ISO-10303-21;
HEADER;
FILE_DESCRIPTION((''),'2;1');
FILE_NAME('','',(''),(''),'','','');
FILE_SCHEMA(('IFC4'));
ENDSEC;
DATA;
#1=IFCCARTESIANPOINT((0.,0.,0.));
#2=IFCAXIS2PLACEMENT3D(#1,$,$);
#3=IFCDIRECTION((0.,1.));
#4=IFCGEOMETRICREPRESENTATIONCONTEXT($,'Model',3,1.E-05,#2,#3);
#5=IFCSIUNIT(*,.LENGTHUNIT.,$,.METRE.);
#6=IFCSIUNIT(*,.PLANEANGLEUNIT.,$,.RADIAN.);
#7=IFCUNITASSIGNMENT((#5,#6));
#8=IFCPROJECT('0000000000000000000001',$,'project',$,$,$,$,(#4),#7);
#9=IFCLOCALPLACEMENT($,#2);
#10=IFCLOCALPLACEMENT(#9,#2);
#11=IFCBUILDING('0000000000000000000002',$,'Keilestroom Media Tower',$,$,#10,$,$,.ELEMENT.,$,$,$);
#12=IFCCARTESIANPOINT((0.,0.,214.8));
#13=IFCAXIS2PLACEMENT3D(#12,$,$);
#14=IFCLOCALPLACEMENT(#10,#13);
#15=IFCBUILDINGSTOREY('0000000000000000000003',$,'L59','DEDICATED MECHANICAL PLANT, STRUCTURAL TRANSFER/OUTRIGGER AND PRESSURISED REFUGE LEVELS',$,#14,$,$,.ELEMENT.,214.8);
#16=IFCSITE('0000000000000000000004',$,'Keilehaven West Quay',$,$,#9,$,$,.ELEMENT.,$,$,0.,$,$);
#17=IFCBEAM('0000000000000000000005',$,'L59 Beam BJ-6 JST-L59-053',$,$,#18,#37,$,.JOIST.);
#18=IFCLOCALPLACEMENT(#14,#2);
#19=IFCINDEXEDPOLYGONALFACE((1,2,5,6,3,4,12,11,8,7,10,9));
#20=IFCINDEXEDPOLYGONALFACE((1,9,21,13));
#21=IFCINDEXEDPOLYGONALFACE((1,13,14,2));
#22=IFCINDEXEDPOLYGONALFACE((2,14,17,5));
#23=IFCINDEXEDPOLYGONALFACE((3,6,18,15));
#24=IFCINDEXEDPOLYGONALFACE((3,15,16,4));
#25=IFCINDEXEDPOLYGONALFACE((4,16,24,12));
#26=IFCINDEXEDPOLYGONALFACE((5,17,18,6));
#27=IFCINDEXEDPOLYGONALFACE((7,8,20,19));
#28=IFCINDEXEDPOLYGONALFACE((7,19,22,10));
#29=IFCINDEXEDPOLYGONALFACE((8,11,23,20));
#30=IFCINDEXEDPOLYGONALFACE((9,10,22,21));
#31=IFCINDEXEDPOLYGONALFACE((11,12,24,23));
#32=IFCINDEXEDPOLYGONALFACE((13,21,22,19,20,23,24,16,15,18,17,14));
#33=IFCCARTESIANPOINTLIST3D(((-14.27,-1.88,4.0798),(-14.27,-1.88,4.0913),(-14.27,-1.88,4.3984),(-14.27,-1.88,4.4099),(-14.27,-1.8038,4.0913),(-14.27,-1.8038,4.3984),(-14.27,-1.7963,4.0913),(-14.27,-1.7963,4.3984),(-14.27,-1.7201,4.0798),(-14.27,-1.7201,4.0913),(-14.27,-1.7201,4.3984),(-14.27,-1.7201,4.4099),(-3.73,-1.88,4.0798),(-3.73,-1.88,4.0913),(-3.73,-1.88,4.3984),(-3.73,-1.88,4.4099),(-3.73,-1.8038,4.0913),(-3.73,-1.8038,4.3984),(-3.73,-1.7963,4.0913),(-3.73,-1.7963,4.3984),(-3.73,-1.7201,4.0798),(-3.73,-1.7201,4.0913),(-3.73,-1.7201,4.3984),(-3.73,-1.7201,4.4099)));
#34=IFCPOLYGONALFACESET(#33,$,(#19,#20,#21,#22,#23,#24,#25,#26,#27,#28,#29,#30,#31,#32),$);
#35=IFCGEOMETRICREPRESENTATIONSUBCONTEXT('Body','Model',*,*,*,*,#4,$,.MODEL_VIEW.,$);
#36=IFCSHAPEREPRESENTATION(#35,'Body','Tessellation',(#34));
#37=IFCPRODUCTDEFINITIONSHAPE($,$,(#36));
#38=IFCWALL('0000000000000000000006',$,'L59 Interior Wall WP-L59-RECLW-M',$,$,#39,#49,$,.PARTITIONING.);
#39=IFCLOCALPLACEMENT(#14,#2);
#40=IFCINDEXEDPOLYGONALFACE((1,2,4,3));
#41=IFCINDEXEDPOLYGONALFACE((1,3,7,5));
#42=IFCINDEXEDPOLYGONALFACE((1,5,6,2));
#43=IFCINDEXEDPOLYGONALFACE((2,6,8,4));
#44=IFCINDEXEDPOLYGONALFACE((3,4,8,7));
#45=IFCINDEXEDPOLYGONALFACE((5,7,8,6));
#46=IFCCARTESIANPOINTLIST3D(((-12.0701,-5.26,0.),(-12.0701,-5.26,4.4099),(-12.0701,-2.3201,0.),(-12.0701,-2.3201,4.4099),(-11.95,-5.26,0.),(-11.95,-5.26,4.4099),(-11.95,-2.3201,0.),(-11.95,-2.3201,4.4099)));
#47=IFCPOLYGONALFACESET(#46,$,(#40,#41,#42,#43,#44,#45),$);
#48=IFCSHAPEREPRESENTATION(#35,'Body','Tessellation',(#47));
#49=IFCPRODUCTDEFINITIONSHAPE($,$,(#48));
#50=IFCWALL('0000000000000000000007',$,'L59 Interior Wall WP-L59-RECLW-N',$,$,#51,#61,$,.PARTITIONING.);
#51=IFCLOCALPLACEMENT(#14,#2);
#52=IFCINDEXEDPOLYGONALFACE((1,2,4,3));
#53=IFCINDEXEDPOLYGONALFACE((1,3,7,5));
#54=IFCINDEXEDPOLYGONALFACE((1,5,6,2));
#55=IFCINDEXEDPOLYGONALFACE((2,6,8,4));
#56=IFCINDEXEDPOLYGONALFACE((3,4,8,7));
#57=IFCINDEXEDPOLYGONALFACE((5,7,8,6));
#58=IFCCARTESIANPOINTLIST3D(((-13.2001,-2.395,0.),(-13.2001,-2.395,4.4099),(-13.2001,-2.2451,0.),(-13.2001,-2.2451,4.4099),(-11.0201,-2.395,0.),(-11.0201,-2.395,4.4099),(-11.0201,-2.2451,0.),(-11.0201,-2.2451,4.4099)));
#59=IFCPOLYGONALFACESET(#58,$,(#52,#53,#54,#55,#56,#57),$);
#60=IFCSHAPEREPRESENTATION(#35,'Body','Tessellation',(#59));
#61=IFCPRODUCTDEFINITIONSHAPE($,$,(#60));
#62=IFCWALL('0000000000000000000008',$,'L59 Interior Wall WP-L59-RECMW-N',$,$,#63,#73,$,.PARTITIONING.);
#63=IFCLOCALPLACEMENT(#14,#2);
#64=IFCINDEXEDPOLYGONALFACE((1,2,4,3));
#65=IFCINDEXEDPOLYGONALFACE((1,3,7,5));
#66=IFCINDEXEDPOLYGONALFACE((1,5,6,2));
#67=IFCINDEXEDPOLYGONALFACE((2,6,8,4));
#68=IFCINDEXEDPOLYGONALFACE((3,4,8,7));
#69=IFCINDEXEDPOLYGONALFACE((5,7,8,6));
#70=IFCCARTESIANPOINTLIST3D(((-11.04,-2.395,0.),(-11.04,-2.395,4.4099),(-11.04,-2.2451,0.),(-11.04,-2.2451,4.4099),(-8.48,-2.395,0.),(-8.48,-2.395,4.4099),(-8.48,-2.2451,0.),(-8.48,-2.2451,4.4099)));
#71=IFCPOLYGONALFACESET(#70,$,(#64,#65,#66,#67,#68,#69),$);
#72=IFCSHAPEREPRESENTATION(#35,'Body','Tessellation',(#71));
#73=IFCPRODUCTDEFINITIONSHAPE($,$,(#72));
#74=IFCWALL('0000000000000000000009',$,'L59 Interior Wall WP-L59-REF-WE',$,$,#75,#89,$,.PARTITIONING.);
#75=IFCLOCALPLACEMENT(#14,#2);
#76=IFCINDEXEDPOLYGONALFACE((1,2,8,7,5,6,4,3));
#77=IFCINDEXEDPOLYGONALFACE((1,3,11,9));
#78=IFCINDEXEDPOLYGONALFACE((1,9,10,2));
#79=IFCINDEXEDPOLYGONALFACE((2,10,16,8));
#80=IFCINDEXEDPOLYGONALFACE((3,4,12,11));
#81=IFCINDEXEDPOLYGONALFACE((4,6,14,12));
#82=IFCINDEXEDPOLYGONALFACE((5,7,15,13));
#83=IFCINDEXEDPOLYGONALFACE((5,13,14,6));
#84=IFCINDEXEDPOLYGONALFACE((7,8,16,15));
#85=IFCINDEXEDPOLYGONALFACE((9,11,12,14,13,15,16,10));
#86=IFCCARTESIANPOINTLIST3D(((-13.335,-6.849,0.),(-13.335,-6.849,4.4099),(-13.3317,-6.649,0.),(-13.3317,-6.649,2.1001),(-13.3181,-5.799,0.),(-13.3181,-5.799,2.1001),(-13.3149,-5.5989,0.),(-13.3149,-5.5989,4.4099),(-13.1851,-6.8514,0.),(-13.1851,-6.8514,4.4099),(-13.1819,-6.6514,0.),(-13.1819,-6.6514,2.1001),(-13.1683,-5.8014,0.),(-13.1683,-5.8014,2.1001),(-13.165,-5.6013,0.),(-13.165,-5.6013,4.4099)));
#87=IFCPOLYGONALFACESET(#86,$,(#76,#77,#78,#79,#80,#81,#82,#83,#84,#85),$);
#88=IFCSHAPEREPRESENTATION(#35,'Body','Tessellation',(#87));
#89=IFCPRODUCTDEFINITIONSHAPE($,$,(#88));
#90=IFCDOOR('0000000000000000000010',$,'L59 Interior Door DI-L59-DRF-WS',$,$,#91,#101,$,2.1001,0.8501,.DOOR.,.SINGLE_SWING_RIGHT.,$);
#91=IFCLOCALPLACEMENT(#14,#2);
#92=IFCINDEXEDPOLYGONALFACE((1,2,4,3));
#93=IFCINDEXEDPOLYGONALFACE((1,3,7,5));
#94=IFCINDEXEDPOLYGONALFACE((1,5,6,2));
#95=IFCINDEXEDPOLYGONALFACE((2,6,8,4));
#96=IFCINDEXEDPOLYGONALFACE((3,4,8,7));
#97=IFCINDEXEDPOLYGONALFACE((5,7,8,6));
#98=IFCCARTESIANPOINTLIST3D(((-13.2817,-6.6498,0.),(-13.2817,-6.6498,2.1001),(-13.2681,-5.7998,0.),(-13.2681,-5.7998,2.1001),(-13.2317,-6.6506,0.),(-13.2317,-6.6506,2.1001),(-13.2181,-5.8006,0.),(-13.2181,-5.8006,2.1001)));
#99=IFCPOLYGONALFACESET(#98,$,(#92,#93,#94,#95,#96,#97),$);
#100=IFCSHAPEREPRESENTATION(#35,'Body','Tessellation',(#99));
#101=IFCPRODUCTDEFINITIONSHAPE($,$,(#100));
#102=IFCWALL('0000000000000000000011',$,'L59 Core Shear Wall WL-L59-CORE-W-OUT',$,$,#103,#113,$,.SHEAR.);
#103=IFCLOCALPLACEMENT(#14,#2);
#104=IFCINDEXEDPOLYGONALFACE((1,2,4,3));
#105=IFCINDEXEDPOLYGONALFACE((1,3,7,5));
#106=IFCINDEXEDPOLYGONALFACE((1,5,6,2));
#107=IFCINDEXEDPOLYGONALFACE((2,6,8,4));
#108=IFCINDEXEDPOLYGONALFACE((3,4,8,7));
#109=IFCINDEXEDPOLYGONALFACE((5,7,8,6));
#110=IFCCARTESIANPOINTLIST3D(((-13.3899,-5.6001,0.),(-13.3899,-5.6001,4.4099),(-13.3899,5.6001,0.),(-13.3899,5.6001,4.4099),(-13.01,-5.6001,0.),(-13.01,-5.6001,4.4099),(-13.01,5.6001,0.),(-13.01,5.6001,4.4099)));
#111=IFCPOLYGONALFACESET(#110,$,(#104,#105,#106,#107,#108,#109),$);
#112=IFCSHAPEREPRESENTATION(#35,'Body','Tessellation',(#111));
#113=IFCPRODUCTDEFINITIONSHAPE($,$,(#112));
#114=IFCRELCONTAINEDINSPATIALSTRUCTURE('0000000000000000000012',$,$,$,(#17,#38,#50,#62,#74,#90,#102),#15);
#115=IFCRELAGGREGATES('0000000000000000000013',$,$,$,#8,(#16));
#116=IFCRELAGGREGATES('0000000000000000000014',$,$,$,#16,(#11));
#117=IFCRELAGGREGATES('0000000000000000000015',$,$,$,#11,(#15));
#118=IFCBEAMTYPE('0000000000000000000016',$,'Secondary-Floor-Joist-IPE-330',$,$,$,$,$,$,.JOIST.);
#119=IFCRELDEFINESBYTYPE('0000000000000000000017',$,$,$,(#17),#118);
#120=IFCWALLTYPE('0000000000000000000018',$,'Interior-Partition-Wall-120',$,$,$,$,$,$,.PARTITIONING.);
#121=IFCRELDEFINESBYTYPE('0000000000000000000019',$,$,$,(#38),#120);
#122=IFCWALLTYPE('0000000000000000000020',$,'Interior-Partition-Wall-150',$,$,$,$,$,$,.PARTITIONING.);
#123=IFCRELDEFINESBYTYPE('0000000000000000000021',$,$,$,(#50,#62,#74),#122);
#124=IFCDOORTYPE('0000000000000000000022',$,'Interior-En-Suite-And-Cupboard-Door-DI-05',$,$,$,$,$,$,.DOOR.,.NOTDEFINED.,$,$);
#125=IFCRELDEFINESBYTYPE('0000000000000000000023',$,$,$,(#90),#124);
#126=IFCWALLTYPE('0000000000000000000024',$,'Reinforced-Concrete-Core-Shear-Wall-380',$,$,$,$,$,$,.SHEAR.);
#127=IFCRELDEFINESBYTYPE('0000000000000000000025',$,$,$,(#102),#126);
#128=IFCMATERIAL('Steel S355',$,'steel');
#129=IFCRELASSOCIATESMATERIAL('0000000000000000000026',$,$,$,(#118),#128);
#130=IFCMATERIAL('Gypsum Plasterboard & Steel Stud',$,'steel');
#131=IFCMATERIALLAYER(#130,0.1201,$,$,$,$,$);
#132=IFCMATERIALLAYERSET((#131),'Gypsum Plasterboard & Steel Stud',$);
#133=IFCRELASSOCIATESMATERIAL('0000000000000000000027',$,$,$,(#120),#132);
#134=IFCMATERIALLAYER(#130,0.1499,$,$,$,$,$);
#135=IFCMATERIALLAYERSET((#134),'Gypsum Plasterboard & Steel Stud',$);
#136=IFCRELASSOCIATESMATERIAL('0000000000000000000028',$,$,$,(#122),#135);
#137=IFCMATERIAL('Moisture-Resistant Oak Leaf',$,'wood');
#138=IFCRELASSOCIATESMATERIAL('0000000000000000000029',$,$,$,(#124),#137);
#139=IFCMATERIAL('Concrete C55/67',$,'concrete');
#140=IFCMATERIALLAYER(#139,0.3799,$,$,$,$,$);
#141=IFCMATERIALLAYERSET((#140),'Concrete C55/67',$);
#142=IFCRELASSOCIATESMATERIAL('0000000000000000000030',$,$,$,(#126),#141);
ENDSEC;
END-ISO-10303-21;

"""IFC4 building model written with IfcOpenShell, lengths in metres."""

from ifc_helpers import new_model, si_unit, direction, frame, frame_2d, origin, origin_2d, place, context, subcontext, project, spatial, rectangle, i_section, extrude, source, transform, mapped, material, layer, layer_set, material_profile, profile_set, type_object, element, fill, save


model = new_model("IFC4")

# Units and contexts
model_context = context("Model", 3, precision=1e-05, world=origin(), true_north=direction((0.0, 1.0)))
body_context = subcontext(model_context, "Body", "Model", "MODEL_VIEW")
ifc_project = project(units=[si_unit("LENGTHUNIT", "METRE"), si_unit("PLANEANGLEUNIT", "RADIAN")], contexts=[model_context])

# Site, building, storey
site_placement = place(None, origin())
site = spatial("IfcSite", under=ifc_project, at=site_placement, Name="Keilehaven West Quay", CompositionType="ELEMENT", RefElevation=0.0)
building_placement = place(site_placement, origin())
building = spatial("IfcBuilding", under=site, at=building_placement, Name="Keilestroom Media Tower", CompositionType="ELEMENT")
storey_placement = place(building_placement, frame((0.0, 0.0, 214.8)))
storey = spatial("IfcBuildingStorey", under=building, at=storey_placement, Name="L59", Description="DEDICATED MECHANICAL PLANT, STRUCTURAL TRANSFER/OUTRIGGER AND PRESSURISED REFUGE LEVELS", CompositionType="ELEMENT", Elevation=214.8)

# Beam
ifc_material_1 = material(Name="Steel S355", Category="steel")
ifc_material_profile = material_profile(ifc_material_1, i_section(OverallWidth=0.1599, OverallDepth=0.3301, WebThickness=0.0076, FlangeThickness=0.0115, at=origin_2d()), Name="IPE 330")
ifc_profile_set = profile_set([ifc_material_profile], Name="Steel S355")
beam_type = type_object("IfcBeamType", Name="Secondary-Floor-Joist-IPE-330", PredefinedType="JOIST", material=ifc_profile_set)
shared_shape_1 = source(origin(), body_context, "Body", "SweptSolid", [
    extrude(i_section(OverallWidth=0.1599, OverallDepth=0.3301, WebThickness=0.0076, FlangeThickness=0.0115, at=origin_2d()), origin(), (0.0, 0.0, 1.0), 10.54),
])
beam_placement = place(storey_placement, frame((-14.27, -1.8, 4.2449), z_axis=(1.0, 0.0, 0.0), x_axis=(0.0, 1.0, 0.0)))
element("IfcBeam", 1, at=beam_placement, inside=storey, type_object=beam_type, Name="L59 Beam BJ-6 JST-L59-053", PredefinedType="JOIST", context=body_context, shape_type="MappedRepresentation", body=[
    mapped(shared_shape_1, transform((0.0, 0.0, 0.0), x_axis=(1.0, 0.0, 0.0), y_axis=(0.0, 1.0, 0.0), z_axis=(0.0, 0.0, 1.0), scale=1.0)),
])

# Walls
ifc_material_2 = material(Name="Gypsum Plasterboard & Steel Stud", Category="steel")
ifc_layer_1 = layer(ifc_material_2, 0.1201)
ifc_layer_set_1 = layer_set([ifc_layer_1], Name="Gypsum Plasterboard & Steel Stud")
wall_type_1 = type_object("IfcWallType", Name="Interior-Partition-Wall-120", PredefinedType="PARTITIONING", material=ifc_layer_set_1)
wall_1_placement = place(storey_placement, frame((-12.01, -5.26, 0.0), z_axis=(0.0, 0.0, 1.0), x_axis=(0.0, 1.0, 0.0)))
element("IfcWall", 2, at=wall_1_placement, inside=storey, type_object=wall_type_1, Name="L59 Interior Wall WP-L59-RECLW-M", PredefinedType="PARTITIONING", context=body_context, shape_type="SweptSolid", body=[
    extrude(rectangle(XDim=2.9399, YDim=0.1201, at=frame_2d((1.47, 0.0))), origin(), (0.0, 0.0, 1.0), 4.4099),
])
ifc_layer_2 = layer(ifc_material_2, 0.1499)
ifc_layer_set_2 = layer_set([ifc_layer_2], Name="Gypsum Plasterboard & Steel Stud")
wall_type_2 = type_object("IfcWallType", Name="Interior-Partition-Wall-150", PredefinedType="PARTITIONING", material=ifc_layer_set_2)
wall_2_placement = place(storey_placement, frame((-13.2, -2.3201, 0.0), z_axis=(0.0, 0.0, 1.0), x_axis=(1.0, 0.0, 0.0)))
element("IfcWall", 3, at=wall_2_placement, inside=storey, type_object=wall_type_2, Name="L59 Interior Wall WP-L59-RECLW-N", PredefinedType="PARTITIONING", context=body_context, shape_type="SweptSolid", body=[
    extrude(rectangle(XDim=2.1799, YDim=0.1499, at=frame_2d((1.0898, 0.0))), origin(), (0.0, 0.0, 1.0), 4.4099),
])
wall_3_placement = place(storey_placement, frame((-11.04, -2.3201, 0.0), z_axis=(0.0, 0.0, 1.0), x_axis=(1.0, 0.0, 0.0)))
element("IfcWall", 4, at=wall_3_placement, inside=storey, type_object=wall_type_2, Name="L59 Interior Wall WP-L59-RECMW-N", PredefinedType="PARTITIONING", context=body_context, shape_type="SweptSolid", body=[
    extrude(rectangle(XDim=2.5601, YDim=0.1499, at=frame_2d((1.28, 0.0))), origin(), (0.0, 0.0, 1.0), 4.4099),
])

# Wall, opening, door
wall_4_placement = place(storey_placement, frame((-13.26, -6.8501, 0.0), z_axis=(0.0, 0.0, 1.0), x_axis=(0.016014, 0.999872, 0.0)))
wall_4 = element("IfcWall", 5, at=wall_4_placement, inside=storey, type_object=wall_type_2, Name="L59 Interior Wall WP-L59-REF-WE", PredefinedType="PARTITIONING", context=body_context, shape_type="SweptSolid", body=[
    extrude(rectangle(XDim=1.2502, YDim=0.1499, at=frame_2d((0.625, 0.0))), origin(), (0.0, 0.0, 1.0), 4.4099),
])
opening_1_placement = place(wall_4_placement, frame((0.2, 0.0, 0.0)))
opening_1 = element("IfcOpeningElement", 6, at=opening_1_placement, cuts=wall_4, PredefinedType="OPENING", context=body_context, shape_type="SweptSolid", body=[
    extrude(rectangle(XDim=0.8501, YDim=2.1001, at=frame_2d((0.425, 1.05))), frame((0.0, 0.085, 0.0), z_axis=(0.0, -1.0, 0.0), x_axis=(1.0, 0.0, 0.0)), (0.0, 0.0, 1.0), 0.1699),
])
ifc_material_3 = material(Name="Moisture-Resistant Oak Leaf", Category="wood")
door_type = type_object("IfcDoorType", Name="Interior-En-Suite-And-Cupboard-Door-DI-05", OperationType="NOTDEFINED", PredefinedType="DOOR", material=ifc_material_3)
shared_shape_2 = source(origin(), body_context, "Body", "SweptSolid", [
    extrude(rectangle(XDim=0.8501, YDim=2.1001, at=frame_2d((0.425, 1.05))), frame((0.0, 0.0249, 0.0), z_axis=(0.0, -1.0, 0.0), x_axis=(1.0, 0.0, 0.0)), (0.0, 0.0, 1.0), 0.05),
])
door_1_placement = place(opening_1_placement, origin())
door_1 = element("IfcDoor", 7, at=door_1_placement, inside=storey, type_object=door_type, Name="L59 Interior Door DI-L59-DRF-WS", OperationType="SINGLE_SWING_RIGHT", OverallHeight=2.1001, OverallWidth=0.8501, PredefinedType="DOOR", context=body_context, shape_type="MappedRepresentation", body=[
    mapped(shared_shape_2, transform((0.0, 0.0, 0.0), x_axis=(1.0, 0.0, 0.0), y_axis=(0.0, 1.0, 0.0), z_axis=(0.0, 0.0, 1.0), scale=1.0)),
])
fill(opening_1, door_1)

# Wall
ifc_material_4 = material(Name="Concrete C55/67", Category="concrete")
ifc_layer_3 = layer(ifc_material_4, 0.3799)
ifc_layer_set_3 = layer_set([ifc_layer_3], Name="Concrete C55/67")
wall_type_3 = type_object("IfcWallType", Name="Reinforced-Concrete-Core-Shear-Wall-380", PredefinedType="SHEAR", material=ifc_layer_set_3)
wall_5_placement = place(storey_placement, frame((-13.2, -5.6001, 0.0), z_axis=(0.0, 0.0, 1.0), x_axis=(0.0, 1.0, 0.0)))
element("IfcWall", 8, at=wall_5_placement, inside=storey, type_object=wall_type_3, Name="L59 Core Shear Wall WL-L59-CORE-W-OUT", PredefinedType="SHEAR", context=body_context, shape_type="SweptSolid", body=[
    extrude(rectangle(XDim=11.2002, YDim=0.3799, at=frame_2d((5.6001, 0.0))), origin(), (0.0, 0.0, 1.0), 4.4099),
])

save(model, "model.ifc")
